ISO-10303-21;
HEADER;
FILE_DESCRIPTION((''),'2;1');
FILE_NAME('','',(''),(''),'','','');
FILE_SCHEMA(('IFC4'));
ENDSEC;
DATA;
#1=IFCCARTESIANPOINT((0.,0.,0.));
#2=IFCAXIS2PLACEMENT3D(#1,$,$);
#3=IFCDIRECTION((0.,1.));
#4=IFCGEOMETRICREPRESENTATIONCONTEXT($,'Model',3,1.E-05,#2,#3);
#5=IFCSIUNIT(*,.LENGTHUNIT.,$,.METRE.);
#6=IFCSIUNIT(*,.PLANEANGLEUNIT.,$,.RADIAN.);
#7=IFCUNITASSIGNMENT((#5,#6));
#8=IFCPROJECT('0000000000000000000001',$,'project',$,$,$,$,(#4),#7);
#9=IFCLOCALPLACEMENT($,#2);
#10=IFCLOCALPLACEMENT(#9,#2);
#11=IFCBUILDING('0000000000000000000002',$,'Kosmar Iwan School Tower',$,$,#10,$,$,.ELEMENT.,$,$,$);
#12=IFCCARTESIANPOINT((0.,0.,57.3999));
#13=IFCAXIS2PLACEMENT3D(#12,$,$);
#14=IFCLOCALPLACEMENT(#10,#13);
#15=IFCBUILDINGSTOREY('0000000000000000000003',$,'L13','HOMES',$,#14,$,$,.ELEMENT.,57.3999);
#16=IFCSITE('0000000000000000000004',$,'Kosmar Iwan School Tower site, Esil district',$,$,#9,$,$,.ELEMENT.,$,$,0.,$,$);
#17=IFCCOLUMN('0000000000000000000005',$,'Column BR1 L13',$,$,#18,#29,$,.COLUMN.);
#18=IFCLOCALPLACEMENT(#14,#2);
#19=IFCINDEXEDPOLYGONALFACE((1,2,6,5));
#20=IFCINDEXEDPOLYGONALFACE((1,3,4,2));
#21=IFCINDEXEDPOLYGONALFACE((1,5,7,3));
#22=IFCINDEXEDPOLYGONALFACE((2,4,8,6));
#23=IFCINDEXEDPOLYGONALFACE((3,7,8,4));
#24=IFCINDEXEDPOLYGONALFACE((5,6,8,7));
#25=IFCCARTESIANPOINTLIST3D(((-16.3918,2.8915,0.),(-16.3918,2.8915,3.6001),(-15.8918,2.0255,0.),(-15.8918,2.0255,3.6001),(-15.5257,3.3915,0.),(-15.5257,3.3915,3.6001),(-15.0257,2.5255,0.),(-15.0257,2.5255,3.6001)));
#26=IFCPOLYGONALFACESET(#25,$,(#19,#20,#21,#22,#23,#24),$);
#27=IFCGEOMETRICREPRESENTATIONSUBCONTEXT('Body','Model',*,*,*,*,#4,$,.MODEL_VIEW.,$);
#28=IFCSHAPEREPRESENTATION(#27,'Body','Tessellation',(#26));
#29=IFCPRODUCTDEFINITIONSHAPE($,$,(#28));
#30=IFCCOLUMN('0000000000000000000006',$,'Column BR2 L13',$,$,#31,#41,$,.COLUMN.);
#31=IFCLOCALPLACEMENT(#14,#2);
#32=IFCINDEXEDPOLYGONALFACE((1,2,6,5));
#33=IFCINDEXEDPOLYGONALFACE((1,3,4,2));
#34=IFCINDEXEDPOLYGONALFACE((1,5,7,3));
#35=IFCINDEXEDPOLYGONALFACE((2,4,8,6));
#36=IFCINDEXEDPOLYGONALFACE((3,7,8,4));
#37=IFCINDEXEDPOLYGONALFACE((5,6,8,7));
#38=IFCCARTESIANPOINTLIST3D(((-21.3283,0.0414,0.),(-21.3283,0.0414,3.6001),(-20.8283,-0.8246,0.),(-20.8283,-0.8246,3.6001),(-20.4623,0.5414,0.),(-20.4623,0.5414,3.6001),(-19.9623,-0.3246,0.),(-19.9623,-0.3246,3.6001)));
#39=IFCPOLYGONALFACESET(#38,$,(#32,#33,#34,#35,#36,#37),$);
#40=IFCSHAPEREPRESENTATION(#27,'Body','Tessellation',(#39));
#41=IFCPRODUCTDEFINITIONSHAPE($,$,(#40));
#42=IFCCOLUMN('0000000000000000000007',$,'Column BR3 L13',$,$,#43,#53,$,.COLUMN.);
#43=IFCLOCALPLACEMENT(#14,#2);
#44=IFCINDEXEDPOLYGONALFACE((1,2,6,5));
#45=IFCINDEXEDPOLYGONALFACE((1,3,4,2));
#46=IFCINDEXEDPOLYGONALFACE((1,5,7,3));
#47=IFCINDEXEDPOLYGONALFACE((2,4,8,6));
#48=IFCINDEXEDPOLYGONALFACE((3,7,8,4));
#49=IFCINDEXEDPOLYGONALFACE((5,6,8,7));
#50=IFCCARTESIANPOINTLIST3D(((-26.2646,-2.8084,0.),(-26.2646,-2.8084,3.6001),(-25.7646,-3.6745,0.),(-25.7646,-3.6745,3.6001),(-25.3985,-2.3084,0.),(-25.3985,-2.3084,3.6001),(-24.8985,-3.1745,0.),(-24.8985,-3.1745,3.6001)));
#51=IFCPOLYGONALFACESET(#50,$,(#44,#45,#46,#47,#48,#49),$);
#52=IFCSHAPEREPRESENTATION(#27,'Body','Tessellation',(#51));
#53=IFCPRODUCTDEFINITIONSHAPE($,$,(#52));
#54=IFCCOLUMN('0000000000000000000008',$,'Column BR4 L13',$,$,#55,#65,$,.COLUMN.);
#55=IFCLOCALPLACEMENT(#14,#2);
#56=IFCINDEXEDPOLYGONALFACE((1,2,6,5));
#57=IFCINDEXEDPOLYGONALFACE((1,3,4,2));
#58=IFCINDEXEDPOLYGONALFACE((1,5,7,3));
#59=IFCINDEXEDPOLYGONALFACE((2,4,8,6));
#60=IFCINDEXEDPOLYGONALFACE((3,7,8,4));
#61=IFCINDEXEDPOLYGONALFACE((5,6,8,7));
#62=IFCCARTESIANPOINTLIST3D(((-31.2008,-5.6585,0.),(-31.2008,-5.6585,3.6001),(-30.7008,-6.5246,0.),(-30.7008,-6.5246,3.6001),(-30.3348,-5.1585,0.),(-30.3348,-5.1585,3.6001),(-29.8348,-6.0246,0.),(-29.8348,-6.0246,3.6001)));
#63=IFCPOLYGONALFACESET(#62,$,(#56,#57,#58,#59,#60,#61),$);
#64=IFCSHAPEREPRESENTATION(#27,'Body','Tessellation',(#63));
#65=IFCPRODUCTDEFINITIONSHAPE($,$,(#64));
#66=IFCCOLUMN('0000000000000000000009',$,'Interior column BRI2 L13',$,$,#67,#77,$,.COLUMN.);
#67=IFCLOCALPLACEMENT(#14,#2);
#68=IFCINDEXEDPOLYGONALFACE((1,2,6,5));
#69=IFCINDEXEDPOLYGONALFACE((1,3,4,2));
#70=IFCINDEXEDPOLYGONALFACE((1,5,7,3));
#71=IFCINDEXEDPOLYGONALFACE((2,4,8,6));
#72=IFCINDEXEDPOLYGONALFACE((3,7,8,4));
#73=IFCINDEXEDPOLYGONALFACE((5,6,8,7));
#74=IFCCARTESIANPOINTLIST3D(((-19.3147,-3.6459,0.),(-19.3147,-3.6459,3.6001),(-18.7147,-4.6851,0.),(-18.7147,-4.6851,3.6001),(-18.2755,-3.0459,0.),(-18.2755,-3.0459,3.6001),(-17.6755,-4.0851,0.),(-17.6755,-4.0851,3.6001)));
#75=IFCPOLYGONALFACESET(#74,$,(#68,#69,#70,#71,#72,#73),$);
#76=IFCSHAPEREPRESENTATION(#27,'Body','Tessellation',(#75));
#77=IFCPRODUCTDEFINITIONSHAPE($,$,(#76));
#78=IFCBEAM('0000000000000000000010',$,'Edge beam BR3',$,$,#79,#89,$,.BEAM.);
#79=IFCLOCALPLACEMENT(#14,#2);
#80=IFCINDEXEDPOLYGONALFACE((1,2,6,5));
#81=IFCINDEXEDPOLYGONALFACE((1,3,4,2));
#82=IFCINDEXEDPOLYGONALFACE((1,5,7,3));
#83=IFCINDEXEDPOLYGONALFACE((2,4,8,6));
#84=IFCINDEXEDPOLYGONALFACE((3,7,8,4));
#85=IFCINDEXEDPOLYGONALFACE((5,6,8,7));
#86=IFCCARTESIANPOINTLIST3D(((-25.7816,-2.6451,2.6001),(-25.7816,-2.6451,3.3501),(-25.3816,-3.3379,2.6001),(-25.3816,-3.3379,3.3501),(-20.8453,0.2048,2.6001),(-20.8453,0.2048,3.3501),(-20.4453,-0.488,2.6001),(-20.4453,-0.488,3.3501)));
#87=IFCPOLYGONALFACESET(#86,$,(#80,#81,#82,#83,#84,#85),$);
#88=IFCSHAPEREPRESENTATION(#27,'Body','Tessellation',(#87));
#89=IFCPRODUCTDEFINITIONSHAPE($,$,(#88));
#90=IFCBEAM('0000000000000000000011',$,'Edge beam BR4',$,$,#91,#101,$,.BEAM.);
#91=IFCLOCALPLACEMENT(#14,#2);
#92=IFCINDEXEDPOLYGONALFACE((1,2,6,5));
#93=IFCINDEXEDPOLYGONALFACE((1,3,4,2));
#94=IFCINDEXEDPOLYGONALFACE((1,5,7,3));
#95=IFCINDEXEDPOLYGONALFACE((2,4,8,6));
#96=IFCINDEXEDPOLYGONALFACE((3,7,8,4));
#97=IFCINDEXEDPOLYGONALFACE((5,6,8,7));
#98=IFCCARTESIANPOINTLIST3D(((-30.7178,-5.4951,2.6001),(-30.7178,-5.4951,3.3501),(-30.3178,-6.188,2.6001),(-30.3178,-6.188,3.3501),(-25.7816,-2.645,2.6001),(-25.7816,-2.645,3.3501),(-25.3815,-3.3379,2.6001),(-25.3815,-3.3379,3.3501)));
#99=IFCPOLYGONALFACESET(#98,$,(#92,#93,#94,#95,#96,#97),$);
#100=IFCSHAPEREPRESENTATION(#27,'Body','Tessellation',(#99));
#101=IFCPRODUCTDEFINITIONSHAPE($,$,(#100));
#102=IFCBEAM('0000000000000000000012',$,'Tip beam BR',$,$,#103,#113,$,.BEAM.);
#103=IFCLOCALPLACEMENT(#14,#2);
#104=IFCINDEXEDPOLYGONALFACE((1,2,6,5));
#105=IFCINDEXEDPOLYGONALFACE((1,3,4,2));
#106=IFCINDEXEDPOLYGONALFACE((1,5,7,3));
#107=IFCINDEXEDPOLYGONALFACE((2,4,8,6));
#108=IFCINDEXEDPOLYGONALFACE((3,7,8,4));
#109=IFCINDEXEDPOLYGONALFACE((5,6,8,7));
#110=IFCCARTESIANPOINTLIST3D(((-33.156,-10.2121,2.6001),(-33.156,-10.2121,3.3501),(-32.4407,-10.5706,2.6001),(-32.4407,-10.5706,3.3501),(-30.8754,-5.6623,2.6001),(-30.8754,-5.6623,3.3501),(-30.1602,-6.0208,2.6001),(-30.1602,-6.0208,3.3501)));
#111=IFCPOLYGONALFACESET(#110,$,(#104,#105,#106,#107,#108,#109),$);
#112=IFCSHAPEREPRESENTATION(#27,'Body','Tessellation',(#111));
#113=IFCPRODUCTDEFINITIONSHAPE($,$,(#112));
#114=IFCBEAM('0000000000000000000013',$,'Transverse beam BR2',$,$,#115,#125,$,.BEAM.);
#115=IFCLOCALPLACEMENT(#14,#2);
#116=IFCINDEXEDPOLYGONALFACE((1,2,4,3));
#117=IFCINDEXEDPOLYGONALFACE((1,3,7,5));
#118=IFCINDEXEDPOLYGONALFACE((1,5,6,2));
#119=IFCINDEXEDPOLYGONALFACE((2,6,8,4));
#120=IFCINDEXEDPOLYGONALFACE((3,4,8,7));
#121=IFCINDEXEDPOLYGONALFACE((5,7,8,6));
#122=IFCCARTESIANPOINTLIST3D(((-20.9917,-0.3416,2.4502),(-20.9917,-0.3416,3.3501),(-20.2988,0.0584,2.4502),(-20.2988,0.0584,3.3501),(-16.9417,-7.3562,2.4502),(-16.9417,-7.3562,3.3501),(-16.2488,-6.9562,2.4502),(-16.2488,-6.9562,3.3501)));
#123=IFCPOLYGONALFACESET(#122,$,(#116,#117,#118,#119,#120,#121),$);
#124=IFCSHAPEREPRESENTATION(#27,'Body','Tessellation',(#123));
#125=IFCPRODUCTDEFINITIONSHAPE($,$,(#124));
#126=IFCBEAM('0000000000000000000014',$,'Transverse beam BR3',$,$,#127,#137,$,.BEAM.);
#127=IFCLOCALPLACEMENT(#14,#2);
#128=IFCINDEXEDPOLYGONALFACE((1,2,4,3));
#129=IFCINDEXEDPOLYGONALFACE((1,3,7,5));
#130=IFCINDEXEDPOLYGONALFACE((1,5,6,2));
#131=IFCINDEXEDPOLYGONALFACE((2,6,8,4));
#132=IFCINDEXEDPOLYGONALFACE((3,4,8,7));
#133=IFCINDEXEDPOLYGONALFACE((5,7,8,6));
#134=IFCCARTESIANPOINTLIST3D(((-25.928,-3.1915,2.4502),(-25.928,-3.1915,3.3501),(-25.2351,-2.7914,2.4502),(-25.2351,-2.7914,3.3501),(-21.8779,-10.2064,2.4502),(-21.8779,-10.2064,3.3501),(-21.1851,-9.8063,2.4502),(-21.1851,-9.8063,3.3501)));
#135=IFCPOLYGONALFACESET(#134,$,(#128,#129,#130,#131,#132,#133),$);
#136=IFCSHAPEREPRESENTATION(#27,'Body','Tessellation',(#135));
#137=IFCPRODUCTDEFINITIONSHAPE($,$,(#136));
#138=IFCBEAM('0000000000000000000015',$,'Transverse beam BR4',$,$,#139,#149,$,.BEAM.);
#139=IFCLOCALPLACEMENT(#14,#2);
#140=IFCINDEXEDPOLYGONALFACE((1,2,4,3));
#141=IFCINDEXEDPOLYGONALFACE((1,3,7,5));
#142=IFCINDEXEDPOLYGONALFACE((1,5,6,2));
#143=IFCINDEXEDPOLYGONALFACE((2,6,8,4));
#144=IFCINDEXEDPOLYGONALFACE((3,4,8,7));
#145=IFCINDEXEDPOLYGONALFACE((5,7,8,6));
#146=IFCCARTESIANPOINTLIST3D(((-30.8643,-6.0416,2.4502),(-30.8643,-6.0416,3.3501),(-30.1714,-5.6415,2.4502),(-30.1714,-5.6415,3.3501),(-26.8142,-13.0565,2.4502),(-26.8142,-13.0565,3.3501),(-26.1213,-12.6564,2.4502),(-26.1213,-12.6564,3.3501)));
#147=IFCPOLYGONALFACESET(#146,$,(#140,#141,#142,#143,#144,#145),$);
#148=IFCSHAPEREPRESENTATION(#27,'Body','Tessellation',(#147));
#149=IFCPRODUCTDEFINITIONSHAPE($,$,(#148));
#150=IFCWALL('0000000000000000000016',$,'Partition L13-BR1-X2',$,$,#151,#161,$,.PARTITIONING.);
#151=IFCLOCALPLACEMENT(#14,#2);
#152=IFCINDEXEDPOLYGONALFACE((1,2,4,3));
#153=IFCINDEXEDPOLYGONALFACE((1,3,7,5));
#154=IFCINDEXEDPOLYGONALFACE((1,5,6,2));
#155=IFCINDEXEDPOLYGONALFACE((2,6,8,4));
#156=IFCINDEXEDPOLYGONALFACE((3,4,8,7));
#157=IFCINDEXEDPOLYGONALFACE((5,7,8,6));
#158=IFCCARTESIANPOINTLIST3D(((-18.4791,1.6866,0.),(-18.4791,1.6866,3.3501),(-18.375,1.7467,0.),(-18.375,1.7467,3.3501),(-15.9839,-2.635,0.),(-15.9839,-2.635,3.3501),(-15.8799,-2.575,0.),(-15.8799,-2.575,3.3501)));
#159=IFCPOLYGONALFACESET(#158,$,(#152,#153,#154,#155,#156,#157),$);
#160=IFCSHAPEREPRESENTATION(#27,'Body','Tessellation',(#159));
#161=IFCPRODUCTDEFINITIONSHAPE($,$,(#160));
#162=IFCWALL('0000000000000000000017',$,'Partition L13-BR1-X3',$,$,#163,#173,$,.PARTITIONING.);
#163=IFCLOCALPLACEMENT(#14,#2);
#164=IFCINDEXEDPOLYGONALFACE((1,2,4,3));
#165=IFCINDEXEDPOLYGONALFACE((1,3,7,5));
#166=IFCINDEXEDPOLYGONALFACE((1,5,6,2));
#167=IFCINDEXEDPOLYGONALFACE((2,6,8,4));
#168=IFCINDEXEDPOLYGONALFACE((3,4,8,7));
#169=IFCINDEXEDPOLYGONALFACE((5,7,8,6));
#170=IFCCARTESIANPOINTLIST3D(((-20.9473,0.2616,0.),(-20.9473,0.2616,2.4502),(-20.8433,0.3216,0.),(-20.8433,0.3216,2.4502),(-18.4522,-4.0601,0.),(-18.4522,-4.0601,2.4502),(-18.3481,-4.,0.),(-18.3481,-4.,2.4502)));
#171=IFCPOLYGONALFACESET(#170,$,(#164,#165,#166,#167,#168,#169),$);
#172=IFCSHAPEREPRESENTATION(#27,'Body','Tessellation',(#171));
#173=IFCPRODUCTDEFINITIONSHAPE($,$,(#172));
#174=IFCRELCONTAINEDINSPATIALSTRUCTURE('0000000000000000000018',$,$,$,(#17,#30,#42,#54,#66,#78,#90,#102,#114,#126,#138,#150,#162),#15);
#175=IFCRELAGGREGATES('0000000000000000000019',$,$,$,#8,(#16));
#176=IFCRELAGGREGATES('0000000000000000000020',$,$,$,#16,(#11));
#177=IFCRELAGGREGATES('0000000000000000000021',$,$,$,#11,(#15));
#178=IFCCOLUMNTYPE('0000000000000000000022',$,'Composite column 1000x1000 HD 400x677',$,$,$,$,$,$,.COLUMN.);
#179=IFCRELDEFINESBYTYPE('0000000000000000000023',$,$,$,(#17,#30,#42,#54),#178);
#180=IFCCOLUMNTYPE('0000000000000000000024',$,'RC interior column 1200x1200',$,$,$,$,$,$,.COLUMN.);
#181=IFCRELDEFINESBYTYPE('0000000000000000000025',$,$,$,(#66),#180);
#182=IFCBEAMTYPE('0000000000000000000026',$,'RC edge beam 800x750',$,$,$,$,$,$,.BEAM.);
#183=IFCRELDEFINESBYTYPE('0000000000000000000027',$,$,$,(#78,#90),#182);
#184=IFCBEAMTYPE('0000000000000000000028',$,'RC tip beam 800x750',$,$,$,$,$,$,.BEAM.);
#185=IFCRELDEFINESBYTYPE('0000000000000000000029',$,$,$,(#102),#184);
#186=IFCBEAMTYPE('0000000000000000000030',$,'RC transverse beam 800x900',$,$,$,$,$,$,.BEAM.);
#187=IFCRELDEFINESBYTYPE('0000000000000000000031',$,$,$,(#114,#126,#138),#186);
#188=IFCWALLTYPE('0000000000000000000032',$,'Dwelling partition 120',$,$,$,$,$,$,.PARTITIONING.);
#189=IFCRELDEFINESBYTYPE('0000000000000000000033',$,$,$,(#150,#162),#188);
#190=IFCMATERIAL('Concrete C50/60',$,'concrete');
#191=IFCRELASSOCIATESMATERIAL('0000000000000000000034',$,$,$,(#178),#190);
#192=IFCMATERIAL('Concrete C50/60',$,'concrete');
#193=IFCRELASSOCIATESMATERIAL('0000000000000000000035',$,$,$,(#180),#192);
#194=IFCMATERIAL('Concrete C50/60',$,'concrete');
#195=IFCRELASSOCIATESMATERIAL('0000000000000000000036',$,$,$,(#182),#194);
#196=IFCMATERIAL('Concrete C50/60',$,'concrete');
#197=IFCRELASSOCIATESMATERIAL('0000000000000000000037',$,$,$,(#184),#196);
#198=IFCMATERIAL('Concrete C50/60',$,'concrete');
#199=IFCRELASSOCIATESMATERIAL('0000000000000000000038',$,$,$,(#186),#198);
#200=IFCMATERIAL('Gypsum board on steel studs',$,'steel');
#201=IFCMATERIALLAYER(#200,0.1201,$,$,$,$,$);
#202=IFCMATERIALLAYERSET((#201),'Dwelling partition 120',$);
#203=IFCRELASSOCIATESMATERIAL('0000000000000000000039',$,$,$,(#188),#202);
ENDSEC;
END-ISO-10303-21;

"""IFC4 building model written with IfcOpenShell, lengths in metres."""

from ifc_helpers import new_model, si_unit, direction, frame, frame_2d, origin, origin_2d, place, context, subcontext, project, spatial, rectangle, extrude, material, layer, layer_set, material_profile, profile_set, type_object, element, save


model = new_model("IFC4")

# Units and contexts
model_context = context("Model", 3, precision=1e-05, world=origin(), true_north=direction((0.0, 1.0)))
body_context = subcontext(model_context, "Body", "Model", "MODEL_VIEW")
ifc_project = project(units=[si_unit("LENGTHUNIT", "METRE"), si_unit("PLANEANGLEUNIT", "RADIAN")], contexts=[model_context])

# Site, building, storey
site_placement = place(None, origin())
site = spatial("IfcSite", under=ifc_project, at=site_placement, Name="Kosmar Iwan School Tower site, Esil district", CompositionType="ELEMENT", RefElevation=0.0)
building_placement = place(site_placement, origin())
building = spatial("IfcBuilding", under=site, at=building_placement, Name="Kosmar Iwan School Tower", CompositionType="ELEMENT")
storey_placement = place(building_placement, frame((0.0, 0.0, 57.3999)))
storey = spatial("IfcBuildingStorey", under=building, at=storey_placement, Name="L13", Description="HOMES", CompositionType="ELEMENT", Elevation=57.3999)

# Columns
ifc_material_1 = material(Name="Concrete C50/60", Category="concrete")
ifc_material_profile_1 = material_profile(ifc_material_1, rectangle(XDim=1.0, YDim=1.0, at=origin_2d()), Name="RC 1000x1000 + HD 400x677")
ifc_profile_set_1 = profile_set([ifc_material_profile_1], Name="Concrete C50/60")
column_type_1 = type_object("IfcColumnType", Name="Composite column 1000x1000 HD 400x677", PredefinedType="COLUMN", material=ifc_profile_set_1)
for number, where, z_axis, x_axis, name in (
    (1, (-15.7087, 2.7085, 0.0), (0.0, 0.0, 1.0), (-0.866025, -0.5, 0.0), "Column BR1 L13"),
    (2, (-20.6453, -0.1416, 0.0), (0.0, 0.0, 1.0), (-0.866025, -0.5, 0.0), "Column BR2 L13"),
    (3, (-25.5815, -2.9915, 0.0), (0.0, 0.0, 1.0), (-0.866025, -0.5, 0.0), "Column BR3 L13"),
    (4, (-30.5178, -5.8416, 0.0), (0.0, 0.0, 1.0), (-0.866025, -0.5, 0.0), "Column BR4 L13"),
):
    element("IfcColumn", number, at=place(storey_placement, frame(where, z_axis=z_axis, x_axis=x_axis)), inside=storey, type_object=column_type_1, Name=name, PredefinedType="COLUMN", context=body_context, shape_type="SweptSolid", body=[
        extrude(rectangle(XDim=1.0, YDim=1.0, at=origin_2d()), origin(), (0.0, 0.0, 1.0), 3.6001),
    ])
ifc_material_2 = material(Name="Concrete C50/60", Category="concrete")
ifc_material_profile_2 = material_profile(ifc_material_2, rectangle(XDim=1.2, YDim=1.2, at=origin_2d()), Name="RC 1200x1200")
ifc_profile_set_2 = profile_set([ifc_material_profile_2], Name="Concrete C50/60")
column_type_2 = type_object("IfcColumnType", Name="RC interior column 1200x1200", PredefinedType="COLUMN", material=ifc_profile_set_2)
column_placement = place(storey_placement, frame((-18.4951, -3.8655, 0.0), z_axis=(0.0, 0.0, 1.0), x_axis=(-0.866025, -0.5, 0.0)))
element("IfcColumn", 5, at=column_placement, inside=storey, type_object=column_type_2, Name="Interior column BRI2 L13", PredefinedType="COLUMN", context=body_context, shape_type="SweptSolid", body=[
    extrude(rectangle(XDim=1.2, YDim=1.2, at=origin_2d()), origin(), (0.0, 0.0, 1.0), 3.6001),
])

# Beams
ifc_material_3 = material(Name="Concrete C50/60", Category="concrete")
ifc_material_profile_3 = material_profile(ifc_material_3, rectangle(XDim=0.8, YDim=0.75, at=origin_2d()), Name="RC 800x750")
ifc_profile_set_3 = profile_set([ifc_material_profile_3], Name="Concrete C50/60")
beam_type_1 = type_object("IfcBeamType", Name="RC edge beam 800x750", PredefinedType="BEAM", material=ifc_profile_set_3)
for number, where, z_axis, x_axis, name in (
    (6, (-20.6453, -0.1416, 2.9751), (-0.866034, -0.499986, 0.0), (0.499986, -0.866034, 0.0), "Edge beam BR3"),
    (7, (-25.5815, -2.9915, 2.9751), (-0.866015, -0.500018, 0.0), (0.500018, -0.866015, 0.0), "Edge beam BR4"),
):
    element("IfcBeam", number, at=place(storey_placement, frame(where, z_axis=z_axis, x_axis=x_axis)), inside=storey, type_object=beam_type_1, Name=name, PredefinedType="BEAM", context=body_context, shape_type="SweptSolid", body=[
        extrude(rectangle(XDim=0.8, YDim=0.75, at=origin_2d()), origin(), (0.0, 0.0, 1.0), 5.7),
    ])
ifc_material_4 = material(Name="Concrete C50/60", Category="concrete")
ifc_material_profile_4 = material_profile(ifc_material_4, rectangle(XDim=0.8, YDim=0.75, at=origin_2d()), Name="RC 800x750")
ifc_profile_set_4 = profile_set([ifc_material_profile_4], Name="Concrete C50/60")
beam_type_2 = type_object("IfcBeamType", Name="RC tip beam 800x750", PredefinedType="BEAM", material=ifc_profile_set_4)
beam_1_placement = place(storey_placement, frame((-30.5178, -5.8416, 2.9751), z_axis=(-0.448096, -0.893985, 0.0), x_axis=(0.893985, -0.448096, 0.0)))
element("IfcBeam", 8, at=beam_1_placement, inside=storey, type_object=beam_type_2, Name="Tip beam BR", PredefinedType="BEAM", context=body_context, shape_type="SweptSolid", body=[
    extrude(rectangle(XDim=0.8, YDim=0.75, at=origin_2d()), origin(), (0.0, 0.0, 1.0), 5.0894),
])
ifc_material_5 = material(Name="Concrete C50/60", Category="concrete")
ifc_material_profile_5 = material_profile(ifc_material_5, rectangle(XDim=0.8, YDim=0.8999, at=origin_2d()), Name="RC 800x900")
ifc_profile_set_5 = profile_set([ifc_material_profile_5], Name="Concrete C50/60")
beam_type_3 = type_object("IfcBeamType", Name="RC transverse beam 800x900", PredefinedType="BEAM", material=ifc_profile_set_5)
beam_2_placement = place(storey_placement, frame((-20.6453, -0.1416, 2.9001), z_axis=(0.500013, -0.866018, 0.0), x_axis=(0.866018, 0.500013, 0.0)))
element("IfcBeam", 9, at=beam_2_placement, inside=storey, type_object=beam_type_3, Name="Transverse beam BR2", PredefinedType="BEAM", context=body_context, shape_type="SweptSolid", body=[
    extrude(rectangle(XDim=0.8, YDim=0.8999, at=origin_2d()), origin(), (0.0, 0.0, 1.0), 8.0999),
])
for number, where, z_axis, x_axis, name in (
    (10, (-25.5815, -2.9915, 2.9001), (0.5, -0.866025, 0.0), (0.866025, 0.5, 0.0), "Transverse beam BR3"),
    (11, (-30.5178, -5.8416, 2.9001), (0.5, -0.866025, 0.0), (0.866025, 0.5, 0.0), "Transverse beam BR4"),
):
    element("IfcBeam", number, at=place(storey_placement, frame(where, z_axis=z_axis, x_axis=x_axis)), inside=storey, type_object=beam_type_3, Name=name, PredefinedType="BEAM", context=body_context, shape_type="SweptSolid", body=[
        extrude(rectangle(XDim=0.8, YDim=0.8999, at=origin_2d()), origin(), (0.0, 0.0, 1.0), 8.1001),
    ])

# Walls
ifc_material_6 = material(Name="Gypsum board on steel studs", Category="steel")
ifc_layer = layer(ifc_material_6, 0.1201)
ifc_layer_set = layer_set([ifc_layer], Name="Dwelling partition 120")
wall_type = type_object("IfcWallType", Name="Dwelling partition 120", PredefinedType="PARTITIONING", material=ifc_layer_set)
wall_1_placement = place(storey_placement, frame((-15.9319, -2.605, 0.0), z_axis=(0.0, 0.0, 1.0), x_axis=(-0.500012, 0.866019, 0.0)))
element("IfcWall", 12, at=wall_1_placement, inside=storey, type_object=wall_type, Name="Partition L13-BR1-X2", PredefinedType="PARTITIONING", context=body_context, shape_type="SweptSolid", body=[
    extrude(rectangle(XDim=4.9902, YDim=0.1201, at=frame_2d((2.4951, 0.0))), origin(), (0.0, 0.0, 1.0), 3.3501),
])
wall_2_placement = place(storey_placement, frame((-18.4001, -4.03, 0.0), z_axis=(0.0, 0.0, 1.0), x_axis=(-0.500012, 0.866019, 0.0)))
element("IfcWall", 13, at=wall_2_placement, inside=storey, type_object=wall_type, Name="Partition L13-BR1-X3", PredefinedType="PARTITIONING", context=body_context, shape_type="SweptSolid", body=[
    extrude(rectangle(XDim=4.9902, YDim=0.1201, at=frame_2d((2.4951, 0.0))), origin(), (0.0, 0.0, 1.0), 2.4502),
])

save(model, "model.ifc")
